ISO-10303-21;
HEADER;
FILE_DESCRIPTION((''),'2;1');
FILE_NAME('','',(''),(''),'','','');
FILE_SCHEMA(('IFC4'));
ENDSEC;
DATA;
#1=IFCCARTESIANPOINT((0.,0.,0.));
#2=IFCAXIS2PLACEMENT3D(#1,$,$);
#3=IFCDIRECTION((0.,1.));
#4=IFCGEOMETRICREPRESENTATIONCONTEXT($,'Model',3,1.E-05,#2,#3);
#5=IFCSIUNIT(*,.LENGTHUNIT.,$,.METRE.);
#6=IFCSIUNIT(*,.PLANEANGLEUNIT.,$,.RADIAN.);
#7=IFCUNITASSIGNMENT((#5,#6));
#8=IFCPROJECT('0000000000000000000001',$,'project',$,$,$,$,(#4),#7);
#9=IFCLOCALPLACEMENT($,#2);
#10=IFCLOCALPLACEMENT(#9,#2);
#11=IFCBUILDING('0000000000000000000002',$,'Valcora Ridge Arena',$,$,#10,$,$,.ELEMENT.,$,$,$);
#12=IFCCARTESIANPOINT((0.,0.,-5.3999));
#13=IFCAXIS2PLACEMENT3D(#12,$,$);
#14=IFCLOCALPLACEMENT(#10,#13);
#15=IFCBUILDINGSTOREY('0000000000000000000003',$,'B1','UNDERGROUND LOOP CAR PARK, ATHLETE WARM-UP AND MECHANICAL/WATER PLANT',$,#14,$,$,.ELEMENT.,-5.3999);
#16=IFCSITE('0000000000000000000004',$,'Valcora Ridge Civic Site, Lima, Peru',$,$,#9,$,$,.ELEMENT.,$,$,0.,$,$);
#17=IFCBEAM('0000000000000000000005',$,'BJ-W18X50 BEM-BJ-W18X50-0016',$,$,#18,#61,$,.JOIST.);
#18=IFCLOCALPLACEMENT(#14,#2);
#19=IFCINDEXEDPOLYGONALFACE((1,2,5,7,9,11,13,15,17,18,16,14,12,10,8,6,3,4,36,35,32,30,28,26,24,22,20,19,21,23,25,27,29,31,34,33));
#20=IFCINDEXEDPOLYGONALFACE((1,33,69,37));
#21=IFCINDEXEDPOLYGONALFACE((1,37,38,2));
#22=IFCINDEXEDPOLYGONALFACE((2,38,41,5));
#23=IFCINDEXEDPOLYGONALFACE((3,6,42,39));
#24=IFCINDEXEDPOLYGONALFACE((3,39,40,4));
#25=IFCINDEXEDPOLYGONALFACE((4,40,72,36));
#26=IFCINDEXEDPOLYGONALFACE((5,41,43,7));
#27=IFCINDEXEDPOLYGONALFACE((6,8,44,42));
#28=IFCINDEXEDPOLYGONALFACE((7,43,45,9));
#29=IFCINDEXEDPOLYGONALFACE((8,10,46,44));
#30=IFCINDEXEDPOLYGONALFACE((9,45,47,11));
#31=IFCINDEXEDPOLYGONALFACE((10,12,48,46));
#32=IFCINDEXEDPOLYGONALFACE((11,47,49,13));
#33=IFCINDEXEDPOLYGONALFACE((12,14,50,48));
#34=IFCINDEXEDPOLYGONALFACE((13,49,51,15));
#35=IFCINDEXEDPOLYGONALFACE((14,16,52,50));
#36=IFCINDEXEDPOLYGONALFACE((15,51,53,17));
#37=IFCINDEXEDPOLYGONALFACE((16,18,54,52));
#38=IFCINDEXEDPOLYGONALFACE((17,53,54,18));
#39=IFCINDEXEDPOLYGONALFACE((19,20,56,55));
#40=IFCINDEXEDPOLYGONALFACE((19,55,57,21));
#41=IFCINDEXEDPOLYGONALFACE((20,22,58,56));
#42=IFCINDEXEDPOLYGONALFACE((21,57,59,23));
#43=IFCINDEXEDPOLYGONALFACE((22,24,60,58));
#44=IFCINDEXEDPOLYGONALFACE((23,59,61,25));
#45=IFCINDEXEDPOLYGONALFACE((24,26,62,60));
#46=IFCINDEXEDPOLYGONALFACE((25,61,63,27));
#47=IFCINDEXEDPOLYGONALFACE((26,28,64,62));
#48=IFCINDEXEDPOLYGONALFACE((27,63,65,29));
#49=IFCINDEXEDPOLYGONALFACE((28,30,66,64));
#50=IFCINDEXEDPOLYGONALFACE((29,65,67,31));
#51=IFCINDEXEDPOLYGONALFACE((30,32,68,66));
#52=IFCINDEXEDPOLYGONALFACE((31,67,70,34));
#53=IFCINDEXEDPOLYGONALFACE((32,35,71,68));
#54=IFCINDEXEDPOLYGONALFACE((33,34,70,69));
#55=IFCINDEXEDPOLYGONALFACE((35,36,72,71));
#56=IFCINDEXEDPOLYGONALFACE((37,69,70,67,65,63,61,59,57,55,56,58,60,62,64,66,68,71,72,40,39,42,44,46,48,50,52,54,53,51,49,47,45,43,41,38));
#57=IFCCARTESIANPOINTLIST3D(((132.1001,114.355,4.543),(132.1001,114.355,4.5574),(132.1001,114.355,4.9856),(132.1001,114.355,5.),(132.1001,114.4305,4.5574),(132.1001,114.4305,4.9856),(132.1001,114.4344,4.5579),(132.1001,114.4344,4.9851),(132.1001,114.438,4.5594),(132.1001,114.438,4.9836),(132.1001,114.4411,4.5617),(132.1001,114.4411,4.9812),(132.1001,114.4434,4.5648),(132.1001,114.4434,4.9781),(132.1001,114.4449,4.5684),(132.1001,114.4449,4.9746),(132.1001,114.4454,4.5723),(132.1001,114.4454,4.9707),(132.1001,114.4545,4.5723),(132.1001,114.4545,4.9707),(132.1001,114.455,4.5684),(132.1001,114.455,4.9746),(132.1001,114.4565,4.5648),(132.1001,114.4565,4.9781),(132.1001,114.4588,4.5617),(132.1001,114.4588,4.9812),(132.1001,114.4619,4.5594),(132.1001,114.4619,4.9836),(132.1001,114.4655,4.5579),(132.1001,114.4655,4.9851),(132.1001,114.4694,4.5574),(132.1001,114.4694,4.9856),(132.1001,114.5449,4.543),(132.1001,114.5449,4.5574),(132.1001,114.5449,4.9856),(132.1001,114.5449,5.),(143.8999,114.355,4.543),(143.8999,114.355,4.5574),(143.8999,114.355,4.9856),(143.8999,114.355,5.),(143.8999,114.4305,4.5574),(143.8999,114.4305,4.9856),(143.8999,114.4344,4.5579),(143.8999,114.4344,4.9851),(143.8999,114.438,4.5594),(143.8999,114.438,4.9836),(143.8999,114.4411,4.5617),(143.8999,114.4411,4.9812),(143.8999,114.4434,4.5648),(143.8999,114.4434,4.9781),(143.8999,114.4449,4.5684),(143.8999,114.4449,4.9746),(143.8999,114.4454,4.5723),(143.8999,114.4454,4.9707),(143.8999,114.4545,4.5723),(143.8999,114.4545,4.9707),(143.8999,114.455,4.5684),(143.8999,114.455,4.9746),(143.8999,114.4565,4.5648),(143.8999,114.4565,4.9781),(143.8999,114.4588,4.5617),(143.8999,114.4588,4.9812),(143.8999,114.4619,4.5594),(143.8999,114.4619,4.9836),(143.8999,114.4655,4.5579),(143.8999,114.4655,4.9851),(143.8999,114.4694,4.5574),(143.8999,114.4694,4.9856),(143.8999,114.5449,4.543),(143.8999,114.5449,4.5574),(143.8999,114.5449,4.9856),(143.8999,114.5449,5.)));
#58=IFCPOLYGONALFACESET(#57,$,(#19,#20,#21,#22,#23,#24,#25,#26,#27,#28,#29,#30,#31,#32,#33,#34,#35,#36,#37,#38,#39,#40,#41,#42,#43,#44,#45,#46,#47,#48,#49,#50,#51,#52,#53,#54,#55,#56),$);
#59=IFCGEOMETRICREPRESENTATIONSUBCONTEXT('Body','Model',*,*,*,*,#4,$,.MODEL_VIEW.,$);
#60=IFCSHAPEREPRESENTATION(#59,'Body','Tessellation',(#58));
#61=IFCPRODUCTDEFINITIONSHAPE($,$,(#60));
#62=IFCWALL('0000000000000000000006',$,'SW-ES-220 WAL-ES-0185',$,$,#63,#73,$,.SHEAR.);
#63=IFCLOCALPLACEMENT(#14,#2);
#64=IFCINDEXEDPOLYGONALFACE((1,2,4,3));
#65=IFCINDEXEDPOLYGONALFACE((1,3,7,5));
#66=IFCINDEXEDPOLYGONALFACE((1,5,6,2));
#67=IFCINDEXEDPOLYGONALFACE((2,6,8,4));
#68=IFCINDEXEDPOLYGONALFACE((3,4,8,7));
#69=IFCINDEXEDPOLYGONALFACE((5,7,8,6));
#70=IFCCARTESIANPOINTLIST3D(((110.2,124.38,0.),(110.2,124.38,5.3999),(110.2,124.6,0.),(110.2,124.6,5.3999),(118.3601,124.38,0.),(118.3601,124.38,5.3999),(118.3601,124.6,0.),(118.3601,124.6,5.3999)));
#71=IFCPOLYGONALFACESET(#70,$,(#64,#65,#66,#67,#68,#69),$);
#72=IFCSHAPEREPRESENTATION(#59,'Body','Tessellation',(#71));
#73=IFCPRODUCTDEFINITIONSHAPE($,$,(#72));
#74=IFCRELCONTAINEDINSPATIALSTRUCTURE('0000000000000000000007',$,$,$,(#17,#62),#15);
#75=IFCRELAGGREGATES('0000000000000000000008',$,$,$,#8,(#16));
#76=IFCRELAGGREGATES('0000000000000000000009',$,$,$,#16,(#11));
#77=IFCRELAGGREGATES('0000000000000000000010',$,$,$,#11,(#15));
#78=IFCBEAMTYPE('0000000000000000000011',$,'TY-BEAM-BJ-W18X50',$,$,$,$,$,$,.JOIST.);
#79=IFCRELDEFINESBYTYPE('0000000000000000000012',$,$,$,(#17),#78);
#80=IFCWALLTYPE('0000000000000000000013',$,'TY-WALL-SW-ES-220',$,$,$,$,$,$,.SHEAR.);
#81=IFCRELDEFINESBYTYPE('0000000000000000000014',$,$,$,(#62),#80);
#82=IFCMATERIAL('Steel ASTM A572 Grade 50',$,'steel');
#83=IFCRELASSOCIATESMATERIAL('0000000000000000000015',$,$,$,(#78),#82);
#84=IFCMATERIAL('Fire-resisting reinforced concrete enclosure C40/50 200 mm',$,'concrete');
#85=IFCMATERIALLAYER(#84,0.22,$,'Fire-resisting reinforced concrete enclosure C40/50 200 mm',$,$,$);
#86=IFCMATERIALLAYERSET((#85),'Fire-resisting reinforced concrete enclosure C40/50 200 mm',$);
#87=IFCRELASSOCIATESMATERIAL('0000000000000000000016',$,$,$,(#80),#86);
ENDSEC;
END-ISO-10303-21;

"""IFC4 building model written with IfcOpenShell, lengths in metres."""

from ifc_helpers import new_model, si_unit, direction, frame, frame_2d, origin, origin_2d, place, context, subcontext, project, spatial, rectangle, i_section, extrude, material, layer, layer_set, material_profile, profile_set, type_object, element, save


model = new_model("IFC4")

# Units and contexts
model_context = context("Model", 3, precision=1e-05, world=origin(), true_north=direction((0.0, 1.0)))
body_context = subcontext(model_context, "Body", "Model", "MODEL_VIEW")
ifc_project = project(units=[si_unit("LENGTHUNIT", "METRE"), si_unit("PLANEANGLEUNIT", "RADIAN")], contexts=[model_context])

# Site, building, storey
site_placement = place(None, origin())
site = spatial("IfcSite", under=ifc_project, at=site_placement, Name="Valcora Ridge Civic Site, Lima, Peru", CompositionType="ELEMENT", RefElevation=0.0)
building_placement = place(site_placement, origin())
building = spatial("IfcBuilding", under=site, at=building_placement, Name="Valcora Ridge Arena", CompositionType="ELEMENT")
storey_placement = place(building_placement, frame((0.0, 0.0, -5.3999)))
storey = spatial("IfcBuildingStorey", under=building, at=storey_placement, Name="B1", Description="UNDERGROUND LOOP CAR PARK, ATHLETE WARM-UP AND MECHANICAL/WATER PLANT", CompositionType="ELEMENT", Elevation=-5.3999)

# Beam
ifc_material_1 = material(Name="Steel ASTM A572 Grade 50", Category="steel")
ifc_material_profile_1 = material_profile(ifc_material_1, i_section(OverallWidth=0.1899, OverallDepth=0.457, WebThickness=0.009, FlangeThickness=0.0144, FilletRadius=0.0149, at=origin_2d()), Name="W18X50")
ifc_profile_set_1 = profile_set([ifc_material_profile_1], Name="Steel ASTM A572 Grade 50")
beam_type_1 = type_object("IfcBeamType", Name="TY-BEAM-BJ-W18X50", PredefinedType="JOIST", material=ifc_profile_set_1)
for number, where, z_axis, x_axis, name in (
    (1, (132.1001, 114.45, 4.7715), (1.0, 0.0, 0.0), (0.0, 1.0, 0.0), "BJ-W18X50 BEM-BJ-W18X50-0016"),
):
    element("IfcBeam", number, at=place(storey_placement, frame(where, z_axis=z_axis, x_axis=x_axis)), inside=storey, type_object=beam_type_1, Name=name, PredefinedType="JOIST", context=body_context, shape_type="SweptSolid", body=[
        extrude(i_section(OverallWidth=0.1899, OverallDepth=0.457, WebThickness=0.009, FlangeThickness=0.0144, FilletRadius=0.0149, at=origin_2d()), origin(), (0.0, 0.0, 1.0), 11.7998),
    ])

# Wall
ifc_material_2 = material(Name="Fire-resisting reinforced concrete enclosure C40/50 200 mm", Category="concrete")
ifc_layer_1 = layer(ifc_material_2, 0.22, Name="Fire-resisting reinforced concrete enclosure C40/50 200 mm")
ifc_layer_set_1 = layer_set([ifc_layer_1], Name="Fire-resisting reinforced concrete enclosure C40/50 200 mm")
wall_type = type_object("IfcWallType", Name="TY-WALL-SW-ES-220", PredefinedType="SHEAR", material=ifc_layer_set_1)
wall_placement = place(storey_placement, frame((110.2, 124.49, 0.0), z_axis=(0.0, 0.0, 1.0), x_axis=(1.0, 0.0, 0.0)))
element("IfcWall", 2, at=wall_placement, inside=storey, type_object=wall_type, Name="SW-ES-220 WAL-ES-0185", PredefinedType="SHEAR", context=body_context, shape_type="SweptSolid", body=[
    extrude(rectangle(XDim=8.1602, YDim=0.22, at=frame_2d((4.0801, 0.0))), origin(), (0.0, 0.0, 1.0), 5.3999),
])

save(model, "model.ifc")
